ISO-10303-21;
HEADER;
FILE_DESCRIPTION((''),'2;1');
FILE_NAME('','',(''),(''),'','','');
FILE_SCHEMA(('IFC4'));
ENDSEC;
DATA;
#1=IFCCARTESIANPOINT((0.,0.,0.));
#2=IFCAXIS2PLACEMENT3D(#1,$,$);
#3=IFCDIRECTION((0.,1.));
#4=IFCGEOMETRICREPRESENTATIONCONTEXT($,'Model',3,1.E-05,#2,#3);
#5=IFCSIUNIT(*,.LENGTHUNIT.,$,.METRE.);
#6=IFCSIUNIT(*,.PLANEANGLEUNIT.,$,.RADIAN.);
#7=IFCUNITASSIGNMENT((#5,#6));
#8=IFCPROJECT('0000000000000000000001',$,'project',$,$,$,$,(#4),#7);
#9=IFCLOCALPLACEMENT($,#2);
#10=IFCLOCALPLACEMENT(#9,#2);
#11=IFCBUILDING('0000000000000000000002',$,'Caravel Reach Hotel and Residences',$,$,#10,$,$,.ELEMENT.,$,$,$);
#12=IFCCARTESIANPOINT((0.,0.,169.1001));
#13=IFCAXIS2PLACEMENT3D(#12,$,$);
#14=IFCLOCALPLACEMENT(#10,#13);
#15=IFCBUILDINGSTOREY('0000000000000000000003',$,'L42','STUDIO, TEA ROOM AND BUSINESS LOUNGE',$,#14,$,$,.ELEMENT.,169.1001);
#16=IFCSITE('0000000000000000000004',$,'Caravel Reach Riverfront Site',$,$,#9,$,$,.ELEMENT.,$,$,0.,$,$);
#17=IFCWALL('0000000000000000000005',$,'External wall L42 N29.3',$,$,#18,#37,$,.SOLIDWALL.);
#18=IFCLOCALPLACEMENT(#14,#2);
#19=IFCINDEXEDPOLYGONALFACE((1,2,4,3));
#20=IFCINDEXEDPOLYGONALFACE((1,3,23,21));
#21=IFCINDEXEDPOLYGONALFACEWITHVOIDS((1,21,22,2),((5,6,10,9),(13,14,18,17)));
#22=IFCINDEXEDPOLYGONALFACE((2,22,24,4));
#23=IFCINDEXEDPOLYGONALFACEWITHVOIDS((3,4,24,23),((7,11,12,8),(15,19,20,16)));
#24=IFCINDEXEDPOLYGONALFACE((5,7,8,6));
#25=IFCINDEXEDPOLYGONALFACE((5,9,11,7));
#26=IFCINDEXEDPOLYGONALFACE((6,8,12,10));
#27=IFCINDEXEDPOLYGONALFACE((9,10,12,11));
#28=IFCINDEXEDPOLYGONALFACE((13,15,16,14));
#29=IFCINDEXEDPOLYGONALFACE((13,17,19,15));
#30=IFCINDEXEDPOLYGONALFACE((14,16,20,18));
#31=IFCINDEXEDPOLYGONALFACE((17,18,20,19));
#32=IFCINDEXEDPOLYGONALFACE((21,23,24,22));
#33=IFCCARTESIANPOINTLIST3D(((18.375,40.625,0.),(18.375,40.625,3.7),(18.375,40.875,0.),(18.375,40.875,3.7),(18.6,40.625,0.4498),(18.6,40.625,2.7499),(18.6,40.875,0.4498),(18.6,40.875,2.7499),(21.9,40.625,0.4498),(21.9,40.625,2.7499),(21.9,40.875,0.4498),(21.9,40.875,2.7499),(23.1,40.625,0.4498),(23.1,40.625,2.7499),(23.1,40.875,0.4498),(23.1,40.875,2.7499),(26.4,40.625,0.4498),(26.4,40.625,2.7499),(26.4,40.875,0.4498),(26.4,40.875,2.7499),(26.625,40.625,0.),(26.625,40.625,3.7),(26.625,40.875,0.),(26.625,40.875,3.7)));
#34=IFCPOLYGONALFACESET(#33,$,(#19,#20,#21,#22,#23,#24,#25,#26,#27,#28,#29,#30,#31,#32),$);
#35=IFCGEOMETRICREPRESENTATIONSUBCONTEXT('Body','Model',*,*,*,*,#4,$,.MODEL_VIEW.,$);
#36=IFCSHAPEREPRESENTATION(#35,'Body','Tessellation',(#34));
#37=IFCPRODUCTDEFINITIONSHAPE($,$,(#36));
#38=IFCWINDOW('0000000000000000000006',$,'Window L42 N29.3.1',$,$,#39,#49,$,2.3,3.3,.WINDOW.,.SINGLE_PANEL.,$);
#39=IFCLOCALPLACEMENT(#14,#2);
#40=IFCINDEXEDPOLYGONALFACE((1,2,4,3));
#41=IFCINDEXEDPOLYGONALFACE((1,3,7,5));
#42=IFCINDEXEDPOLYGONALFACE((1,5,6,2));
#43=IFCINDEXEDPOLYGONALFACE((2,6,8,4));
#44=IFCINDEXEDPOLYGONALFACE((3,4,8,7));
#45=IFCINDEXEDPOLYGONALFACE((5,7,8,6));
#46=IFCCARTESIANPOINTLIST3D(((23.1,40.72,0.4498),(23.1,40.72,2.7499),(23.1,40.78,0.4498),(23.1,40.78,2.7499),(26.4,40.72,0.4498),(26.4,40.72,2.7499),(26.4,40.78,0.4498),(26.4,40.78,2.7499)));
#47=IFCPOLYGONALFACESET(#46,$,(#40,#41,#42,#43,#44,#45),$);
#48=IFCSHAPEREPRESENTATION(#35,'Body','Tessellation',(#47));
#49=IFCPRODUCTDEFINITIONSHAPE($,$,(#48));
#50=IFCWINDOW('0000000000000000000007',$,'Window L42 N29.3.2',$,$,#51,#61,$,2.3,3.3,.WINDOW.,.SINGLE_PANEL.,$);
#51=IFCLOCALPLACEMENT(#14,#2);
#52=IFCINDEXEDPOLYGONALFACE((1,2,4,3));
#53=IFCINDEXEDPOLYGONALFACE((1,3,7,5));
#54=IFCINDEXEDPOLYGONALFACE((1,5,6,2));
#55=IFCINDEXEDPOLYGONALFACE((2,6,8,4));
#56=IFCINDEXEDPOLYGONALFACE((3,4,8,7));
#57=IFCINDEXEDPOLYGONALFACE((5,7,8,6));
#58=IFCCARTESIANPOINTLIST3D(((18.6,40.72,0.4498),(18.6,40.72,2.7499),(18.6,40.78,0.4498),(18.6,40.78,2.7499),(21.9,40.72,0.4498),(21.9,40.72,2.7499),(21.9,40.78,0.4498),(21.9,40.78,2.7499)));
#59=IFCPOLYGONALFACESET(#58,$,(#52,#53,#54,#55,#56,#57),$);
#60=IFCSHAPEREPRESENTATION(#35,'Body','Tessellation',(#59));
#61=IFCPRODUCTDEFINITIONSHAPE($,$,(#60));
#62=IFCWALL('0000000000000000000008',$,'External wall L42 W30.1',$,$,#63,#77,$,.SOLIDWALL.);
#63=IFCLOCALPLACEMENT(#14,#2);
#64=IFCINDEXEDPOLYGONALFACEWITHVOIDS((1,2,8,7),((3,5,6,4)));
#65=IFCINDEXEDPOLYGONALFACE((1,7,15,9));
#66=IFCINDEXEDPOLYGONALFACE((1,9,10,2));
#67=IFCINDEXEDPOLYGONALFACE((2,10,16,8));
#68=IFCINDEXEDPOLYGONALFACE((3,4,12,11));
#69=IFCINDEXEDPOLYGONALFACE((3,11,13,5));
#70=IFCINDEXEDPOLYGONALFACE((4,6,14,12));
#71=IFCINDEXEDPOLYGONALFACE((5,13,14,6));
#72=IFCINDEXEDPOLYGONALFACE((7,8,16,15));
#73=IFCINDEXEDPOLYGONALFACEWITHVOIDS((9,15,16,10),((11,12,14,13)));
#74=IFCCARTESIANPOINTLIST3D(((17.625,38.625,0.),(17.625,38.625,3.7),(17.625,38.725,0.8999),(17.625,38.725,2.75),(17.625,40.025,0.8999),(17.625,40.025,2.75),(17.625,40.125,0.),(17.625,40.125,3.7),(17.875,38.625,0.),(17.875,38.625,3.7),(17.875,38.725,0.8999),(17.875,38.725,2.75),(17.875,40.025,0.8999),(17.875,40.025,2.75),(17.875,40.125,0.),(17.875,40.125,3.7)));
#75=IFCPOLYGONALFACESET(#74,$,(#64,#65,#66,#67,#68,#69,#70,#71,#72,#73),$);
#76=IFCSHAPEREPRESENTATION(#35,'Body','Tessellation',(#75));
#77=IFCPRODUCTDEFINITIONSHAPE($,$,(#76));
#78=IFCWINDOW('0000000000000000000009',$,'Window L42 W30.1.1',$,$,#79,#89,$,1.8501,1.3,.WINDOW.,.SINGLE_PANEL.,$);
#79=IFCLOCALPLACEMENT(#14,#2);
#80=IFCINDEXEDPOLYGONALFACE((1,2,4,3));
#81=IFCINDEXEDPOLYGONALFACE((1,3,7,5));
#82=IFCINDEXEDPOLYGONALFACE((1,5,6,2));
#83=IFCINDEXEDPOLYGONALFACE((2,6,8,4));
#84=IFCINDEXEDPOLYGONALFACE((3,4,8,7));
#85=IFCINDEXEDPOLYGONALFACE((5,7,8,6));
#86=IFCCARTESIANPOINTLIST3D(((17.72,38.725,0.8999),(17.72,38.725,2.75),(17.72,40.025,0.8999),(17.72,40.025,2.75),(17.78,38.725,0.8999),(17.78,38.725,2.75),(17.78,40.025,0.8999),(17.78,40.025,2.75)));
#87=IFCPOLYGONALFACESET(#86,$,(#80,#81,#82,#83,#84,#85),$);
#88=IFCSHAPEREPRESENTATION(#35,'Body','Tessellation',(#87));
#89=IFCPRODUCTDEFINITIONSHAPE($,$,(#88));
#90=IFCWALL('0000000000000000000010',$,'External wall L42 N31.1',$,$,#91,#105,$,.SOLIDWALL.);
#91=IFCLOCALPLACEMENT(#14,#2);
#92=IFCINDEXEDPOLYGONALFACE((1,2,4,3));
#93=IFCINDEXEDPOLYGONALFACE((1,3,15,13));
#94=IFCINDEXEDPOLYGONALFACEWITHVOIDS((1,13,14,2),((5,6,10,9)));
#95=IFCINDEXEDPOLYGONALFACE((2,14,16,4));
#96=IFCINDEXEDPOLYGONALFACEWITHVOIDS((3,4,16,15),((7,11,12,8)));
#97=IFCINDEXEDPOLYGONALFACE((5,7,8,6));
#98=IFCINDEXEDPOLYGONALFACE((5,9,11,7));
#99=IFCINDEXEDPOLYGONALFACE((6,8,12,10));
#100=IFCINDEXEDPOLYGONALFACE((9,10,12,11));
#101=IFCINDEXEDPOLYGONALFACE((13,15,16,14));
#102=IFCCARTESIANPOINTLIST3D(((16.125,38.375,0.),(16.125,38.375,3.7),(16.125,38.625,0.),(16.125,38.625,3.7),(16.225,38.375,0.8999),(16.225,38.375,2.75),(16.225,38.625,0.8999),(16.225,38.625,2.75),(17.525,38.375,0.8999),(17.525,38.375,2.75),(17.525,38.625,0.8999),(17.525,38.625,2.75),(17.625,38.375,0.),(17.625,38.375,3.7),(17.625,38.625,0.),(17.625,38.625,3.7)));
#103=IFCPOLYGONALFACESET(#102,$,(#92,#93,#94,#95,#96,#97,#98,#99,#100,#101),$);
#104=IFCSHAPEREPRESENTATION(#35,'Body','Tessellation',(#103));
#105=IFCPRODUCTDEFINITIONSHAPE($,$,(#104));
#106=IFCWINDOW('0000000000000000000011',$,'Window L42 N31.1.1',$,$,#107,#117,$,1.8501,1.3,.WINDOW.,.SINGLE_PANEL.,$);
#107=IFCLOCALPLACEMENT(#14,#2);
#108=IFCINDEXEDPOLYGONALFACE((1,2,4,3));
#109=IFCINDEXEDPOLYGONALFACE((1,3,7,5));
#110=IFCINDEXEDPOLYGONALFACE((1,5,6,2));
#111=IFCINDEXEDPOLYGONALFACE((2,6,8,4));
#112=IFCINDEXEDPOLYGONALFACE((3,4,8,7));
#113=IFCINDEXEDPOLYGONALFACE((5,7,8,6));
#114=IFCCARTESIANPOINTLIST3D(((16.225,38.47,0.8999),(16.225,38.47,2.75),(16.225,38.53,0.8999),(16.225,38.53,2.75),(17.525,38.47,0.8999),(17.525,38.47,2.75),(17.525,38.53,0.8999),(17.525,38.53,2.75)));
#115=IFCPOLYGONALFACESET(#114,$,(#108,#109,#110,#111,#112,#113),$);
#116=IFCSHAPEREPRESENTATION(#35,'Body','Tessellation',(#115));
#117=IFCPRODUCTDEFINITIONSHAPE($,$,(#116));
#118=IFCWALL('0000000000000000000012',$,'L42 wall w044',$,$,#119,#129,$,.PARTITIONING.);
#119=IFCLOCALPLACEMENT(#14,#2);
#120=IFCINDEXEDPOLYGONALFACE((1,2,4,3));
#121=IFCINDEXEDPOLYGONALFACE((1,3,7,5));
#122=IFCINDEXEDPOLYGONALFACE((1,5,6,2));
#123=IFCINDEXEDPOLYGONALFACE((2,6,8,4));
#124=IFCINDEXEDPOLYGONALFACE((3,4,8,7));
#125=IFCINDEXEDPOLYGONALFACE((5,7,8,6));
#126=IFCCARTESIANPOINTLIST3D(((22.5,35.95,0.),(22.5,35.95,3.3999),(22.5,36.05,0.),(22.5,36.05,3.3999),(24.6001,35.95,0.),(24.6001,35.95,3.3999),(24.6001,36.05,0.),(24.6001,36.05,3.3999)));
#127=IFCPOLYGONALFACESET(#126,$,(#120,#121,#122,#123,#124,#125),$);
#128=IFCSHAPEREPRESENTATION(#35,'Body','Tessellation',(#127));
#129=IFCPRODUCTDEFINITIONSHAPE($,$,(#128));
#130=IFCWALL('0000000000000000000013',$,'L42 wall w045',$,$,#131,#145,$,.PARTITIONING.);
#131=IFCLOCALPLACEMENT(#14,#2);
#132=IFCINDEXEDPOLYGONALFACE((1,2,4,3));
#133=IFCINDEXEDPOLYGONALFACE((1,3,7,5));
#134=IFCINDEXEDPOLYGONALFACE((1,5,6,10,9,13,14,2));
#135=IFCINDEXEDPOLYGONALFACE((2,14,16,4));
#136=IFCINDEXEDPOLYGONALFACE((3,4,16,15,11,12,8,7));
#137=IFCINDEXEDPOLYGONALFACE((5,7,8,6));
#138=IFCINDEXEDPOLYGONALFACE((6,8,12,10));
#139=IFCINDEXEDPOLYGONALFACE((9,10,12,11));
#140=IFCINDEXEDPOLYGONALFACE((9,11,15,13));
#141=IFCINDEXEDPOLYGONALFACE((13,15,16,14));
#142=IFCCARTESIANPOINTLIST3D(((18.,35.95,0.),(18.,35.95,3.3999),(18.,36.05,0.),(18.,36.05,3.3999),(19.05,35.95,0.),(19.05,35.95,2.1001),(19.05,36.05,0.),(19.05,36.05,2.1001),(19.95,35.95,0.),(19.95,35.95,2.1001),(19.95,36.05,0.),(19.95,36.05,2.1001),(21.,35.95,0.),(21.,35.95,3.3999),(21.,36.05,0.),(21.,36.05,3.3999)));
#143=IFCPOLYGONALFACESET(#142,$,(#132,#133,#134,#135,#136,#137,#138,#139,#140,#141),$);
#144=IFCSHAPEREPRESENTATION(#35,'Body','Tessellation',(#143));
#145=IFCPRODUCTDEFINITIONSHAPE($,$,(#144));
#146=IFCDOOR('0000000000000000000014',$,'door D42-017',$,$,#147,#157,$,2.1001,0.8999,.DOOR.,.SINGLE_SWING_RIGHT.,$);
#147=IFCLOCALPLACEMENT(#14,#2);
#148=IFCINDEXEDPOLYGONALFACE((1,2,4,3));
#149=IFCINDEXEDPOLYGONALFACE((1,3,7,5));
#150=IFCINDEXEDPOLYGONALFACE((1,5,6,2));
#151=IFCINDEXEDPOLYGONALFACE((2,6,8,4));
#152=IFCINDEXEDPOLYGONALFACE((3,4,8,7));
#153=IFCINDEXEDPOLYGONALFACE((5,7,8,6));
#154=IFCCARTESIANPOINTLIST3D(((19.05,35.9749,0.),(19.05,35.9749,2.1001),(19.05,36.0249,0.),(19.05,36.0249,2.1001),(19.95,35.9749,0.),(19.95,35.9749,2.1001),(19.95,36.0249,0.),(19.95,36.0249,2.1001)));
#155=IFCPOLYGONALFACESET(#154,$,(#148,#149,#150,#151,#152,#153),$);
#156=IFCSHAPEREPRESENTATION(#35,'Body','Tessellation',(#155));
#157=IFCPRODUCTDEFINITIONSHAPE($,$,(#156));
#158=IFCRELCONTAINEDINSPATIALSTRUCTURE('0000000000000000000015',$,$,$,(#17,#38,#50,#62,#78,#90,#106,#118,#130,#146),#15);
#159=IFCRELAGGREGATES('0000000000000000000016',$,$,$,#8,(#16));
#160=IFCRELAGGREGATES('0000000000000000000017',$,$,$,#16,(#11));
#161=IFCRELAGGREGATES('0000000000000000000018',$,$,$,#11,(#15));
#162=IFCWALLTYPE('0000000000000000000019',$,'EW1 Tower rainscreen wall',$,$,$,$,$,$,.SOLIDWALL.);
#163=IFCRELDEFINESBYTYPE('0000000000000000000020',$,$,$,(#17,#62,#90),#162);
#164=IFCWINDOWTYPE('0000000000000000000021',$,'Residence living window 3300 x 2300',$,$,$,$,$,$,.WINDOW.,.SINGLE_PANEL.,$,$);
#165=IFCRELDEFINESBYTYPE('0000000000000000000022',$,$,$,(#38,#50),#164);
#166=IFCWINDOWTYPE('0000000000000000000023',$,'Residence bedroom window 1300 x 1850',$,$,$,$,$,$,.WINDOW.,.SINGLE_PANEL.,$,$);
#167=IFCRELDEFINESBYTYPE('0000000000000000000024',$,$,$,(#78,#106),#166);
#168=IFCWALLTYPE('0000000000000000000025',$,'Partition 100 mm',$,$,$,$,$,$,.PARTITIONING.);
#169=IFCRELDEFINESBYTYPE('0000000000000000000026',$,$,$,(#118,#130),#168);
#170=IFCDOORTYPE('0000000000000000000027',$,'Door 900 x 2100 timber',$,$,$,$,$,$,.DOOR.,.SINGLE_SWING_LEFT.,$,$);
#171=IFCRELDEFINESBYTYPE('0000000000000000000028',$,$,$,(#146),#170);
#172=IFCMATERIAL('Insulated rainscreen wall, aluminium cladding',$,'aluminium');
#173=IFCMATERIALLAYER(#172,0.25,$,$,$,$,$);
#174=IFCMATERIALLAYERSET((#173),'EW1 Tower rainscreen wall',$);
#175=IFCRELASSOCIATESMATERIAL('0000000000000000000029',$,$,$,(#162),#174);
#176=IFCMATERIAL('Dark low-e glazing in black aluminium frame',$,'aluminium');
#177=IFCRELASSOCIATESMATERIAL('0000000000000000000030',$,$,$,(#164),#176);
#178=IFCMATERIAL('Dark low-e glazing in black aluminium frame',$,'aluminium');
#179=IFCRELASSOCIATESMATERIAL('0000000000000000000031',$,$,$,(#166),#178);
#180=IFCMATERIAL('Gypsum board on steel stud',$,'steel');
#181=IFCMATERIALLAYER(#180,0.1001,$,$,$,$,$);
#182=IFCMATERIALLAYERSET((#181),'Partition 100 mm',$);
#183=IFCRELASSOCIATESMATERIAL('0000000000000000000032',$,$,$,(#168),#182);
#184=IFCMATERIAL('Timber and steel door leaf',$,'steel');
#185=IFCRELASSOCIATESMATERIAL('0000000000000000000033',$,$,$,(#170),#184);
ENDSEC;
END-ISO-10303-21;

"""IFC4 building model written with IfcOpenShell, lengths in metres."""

from ifc_helpers import new_model, si_unit, direction, frame, frame_2d, origin, place, context, subcontext, project, spatial, rectangle, extrude, material, layer, layer_set, type_object, element, fill, save


model = new_model("IFC4")

# Units and contexts
model_context = context("Model", 3, precision=1e-05, world=origin(), true_north=direction((0.0, 1.0)))
body_context = subcontext(model_context, "Body", "Model", "MODEL_VIEW")
ifc_project = project(units=[si_unit("LENGTHUNIT", "METRE"), si_unit("PLANEANGLEUNIT", "RADIAN")], contexts=[model_context])

# Site, building, storey
site_placement = place(None, origin())
site = spatial("IfcSite", under=ifc_project, at=site_placement, Name="Caravel Reach Riverfront Site", CompositionType="ELEMENT", RefElevation=0.0)
building_placement = place(site_placement, origin())
building = spatial("IfcBuilding", under=site, at=building_placement, Name="Caravel Reach Hotel and Residences", CompositionType="ELEMENT")
storey_placement = place(building_placement, frame((0.0, 0.0, 169.1001)))
storey = spatial("IfcBuildingStorey", under=building, at=storey_placement, Name="L42", Description="STUDIO, TEA ROOM AND BUSINESS LOUNGE", CompositionType="ELEMENT", Elevation=169.1001)

# Wall, openings, windows
ifc_material_1 = material(Name="Insulated rainscreen wall, aluminium cladding", Category="aluminium")
ifc_layer_1 = layer(ifc_material_1, 0.25)
ifc_layer_set_1 = layer_set([ifc_layer_1], Name="EW1 Tower rainscreen wall")
wall_type_1 = type_object("IfcWallType", Name="EW1 Tower rainscreen wall", PredefinedType="SOLIDWALL", material=ifc_layer_set_1)
wall_1_placement = place(storey_placement, frame((26.625, 40.75, 0.0), z_axis=(0.0, 0.0, 1.0), x_axis=(-1.0, 0.0, 0.0)))
wall_1 = element("IfcWall", 1, at=wall_1_placement, inside=storey, type_object=wall_type_1, Name="External wall L42 N29.3", PredefinedType="SOLIDWALL", context=body_context, shape_type="SweptSolid", body=[
    extrude(rectangle(XDim=8.25, YDim=0.25, at=frame_2d((4.125, 0.0))), origin(), (0.0, 0.0, 1.0), 3.7),
])
opening_1_placement = place(wall_1_placement, frame((0.2251, 0.0, 0.45)))
opening_1 = element("IfcOpeningElement", 2, at=opening_1_placement, cuts=wall_1, PredefinedType="OPENING", context=body_context, shape_type="SweptSolid", body=[
    extrude(rectangle(XDim=3.3, YDim=2.3, at=frame_2d((1.6499, 1.1499))), frame((0.0, 0.135, 0.0), z_axis=(0.0, -1.0, 0.0), x_axis=(1.0, 0.0, 0.0)), (0.0, 0.0, 1.0), 0.27),
])
opening_2_placement = place(wall_1_placement, frame((4.7251, 0.0, 0.45)))
opening_2 = element("IfcOpeningElement", 3, at=opening_2_placement, cuts=wall_1, PredefinedType="OPENING", context=body_context, shape_type="SweptSolid", body=[
    extrude(rectangle(XDim=3.3, YDim=2.3, at=frame_2d((1.6499, 1.1499))), frame((0.0, 0.135, 0.0), z_axis=(0.0, -1.0, 0.0), x_axis=(1.0, 0.0, 0.0)), (0.0, 0.0, 1.0), 0.27),
])
ifc_material_2 = material(Name="Dark low-e glazing in black aluminium frame", Category="aluminium")
window_type_1 = type_object("IfcWindowType", Name="Residence living window 3300 x 2300", PartitioningType="SINGLE_PANEL", PredefinedType="WINDOW", material=ifc_material_2)
window_1_placement = place(opening_1_placement, origin())
window_1 = element("IfcWindow", 4, at=window_1_placement, inside=storey, type_object=window_type_1, Name="Window L42 N29.3.1", OverallHeight=2.3, OverallWidth=3.3, PartitioningType="SINGLE_PANEL", PredefinedType="WINDOW", context=body_context, shape_type="SweptSolid", body=[
    extrude(rectangle(XDim=3.3, YDim=2.3, at=frame_2d((1.6499, 1.1499))), frame((0.0, 0.03, 0.0), z_axis=(0.0, -1.0, 0.0), x_axis=(1.0, 0.0, 0.0)), (0.0, 0.0, 1.0), 0.0601),
])
fill(opening_1, window_1)
window_2_placement = place(opening_2_placement, origin())
window_2 = element("IfcWindow", 5, at=window_2_placement, inside=storey, type_object=window_type_1, Name="Window L42 N29.3.2", OverallHeight=2.3, OverallWidth=3.3, PartitioningType="SINGLE_PANEL", PredefinedType="WINDOW", context=body_context, shape_type="SweptSolid", body=[
    extrude(rectangle(XDim=3.3, YDim=2.3, at=frame_2d((1.6499, 1.1499))), frame((0.0, 0.03, 0.0), z_axis=(0.0, -1.0, 0.0), x_axis=(1.0, 0.0, 0.0)), (0.0, 0.0, 1.0), 0.0601),
])
fill(opening_2, window_2)

# Walls, openings, windows
wall_2_placement = place(storey_placement, frame((17.75, 40.125, 0.0), z_axis=(0.0, 0.0, 1.0), x_axis=(0.0, -1.0, 0.0)))
wall_2 = element("IfcWall", 6, at=wall_2_placement, inside=storey, type_object=wall_type_1, Name="External wall L42 W30.1", PredefinedType="SOLIDWALL", context=body_context, shape_type="SweptSolid", body=[
    extrude(rectangle(XDim=1.5, YDim=0.25, at=frame_2d((0.75, 0.0))), origin(), (0.0, 0.0, 1.0), 3.7),
])
opening_3_placement = place(wall_2_placement, frame((0.1001, 0.0, 0.8999)))
opening_3 = element("IfcOpeningElement", 7, at=opening_3_placement, cuts=wall_2, PredefinedType="OPENING", context=body_context, shape_type="SweptSolid", body=[
    extrude(rectangle(XDim=1.3, YDim=1.8501, at=frame_2d((0.6499, 0.925))), frame((0.0, 0.135, 0.0), z_axis=(0.0, -1.0, 0.0), x_axis=(1.0, 0.0, 0.0)), (0.0, 0.0, 1.0), 0.27),
])
ifc_material_3 = material(Name="Dark low-e glazing in black aluminium frame", Category="aluminium")
window_type_2 = type_object("IfcWindowType", Name="Residence bedroom window 1300 x 1850", PartitioningType="SINGLE_PANEL", PredefinedType="WINDOW", material=ifc_material_3)
window_3_placement = place(opening_3_placement, origin())
window_3 = element("IfcWindow", 8, at=window_3_placement, inside=storey, type_object=window_type_2, Name="Window L42 W30.1.1", OverallHeight=1.8501, OverallWidth=1.3, PartitioningType="SINGLE_PANEL", PredefinedType="WINDOW", context=body_context, shape_type="SweptSolid", body=[
    extrude(rectangle(XDim=1.3, YDim=1.8501, at=frame_2d((0.6499, 0.925))), frame((0.0, 0.03, 0.0), z_axis=(0.0, -1.0, 0.0), x_axis=(1.0, 0.0, 0.0)), (0.0, 0.0, 1.0), 0.0601),
])
fill(opening_3, window_3)
wall_3_placement = place(storey_placement, frame((17.625, 38.5, 0.0), z_axis=(0.0, 0.0, 1.0), x_axis=(-1.0, 0.0, 0.0)))
wall_3 = element("IfcWall", 9, at=wall_3_placement, inside=storey, type_object=wall_type_1, Name="External wall L42 N31.1", PredefinedType="SOLIDWALL", context=body_context, shape_type="SweptSolid", body=[
    extrude(rectangle(XDim=1.5, YDim=0.25, at=frame_2d((0.75, 0.0))), origin(), (0.0, 0.0, 1.0), 3.7),
])
opening_4_placement = place(wall_3_placement, frame((0.1001, 0.0, 0.8999)))
opening_4 = element("IfcOpeningElement", 10, at=opening_4_placement, cuts=wall_3, PredefinedType="OPENING", context=body_context, shape_type="SweptSolid", body=[
    extrude(rectangle(XDim=1.3, YDim=1.8501, at=frame_2d((0.6499, 0.925))), frame((0.0, 0.135, 0.0), z_axis=(0.0, -1.0, 0.0), x_axis=(1.0, 0.0, 0.0)), (0.0, 0.0, 1.0), 0.27),
])
window_4_placement = place(opening_4_placement, origin())
window_4 = element("IfcWindow", 11, at=window_4_placement, inside=storey, type_object=window_type_2, Name="Window L42 N31.1.1", OverallHeight=1.8501, OverallWidth=1.3, PartitioningType="SINGLE_PANEL", PredefinedType="WINDOW", context=body_context, shape_type="SweptSolid", body=[
    extrude(rectangle(XDim=1.3, YDim=1.8501, at=frame_2d((0.6499, 0.925))), frame((0.0, 0.03, 0.0), z_axis=(0.0, -1.0, 0.0), x_axis=(1.0, 0.0, 0.0)), (0.0, 0.0, 1.0), 0.0601),
])
fill(opening_4, window_4)

# Wall
ifc_material_4 = material(Name="Gypsum board on steel stud", Category="steel")
ifc_layer_2 = layer(ifc_material_4, 0.1001)
ifc_layer_set_2 = layer_set([ifc_layer_2], Name="Partition 100 mm")
wall_type_2 = type_object("IfcWallType", Name="Partition 100 mm", PredefinedType="PARTITIONING", material=ifc_layer_set_2)
wall_4_placement = place(storey_placement, frame((22.5, 36.0, 0.0), z_axis=(0.0, 0.0, 1.0), x_axis=(1.0, 0.0, 0.0)))
element("IfcWall", 12, at=wall_4_placement, inside=storey, type_object=wall_type_2, Name="L42 wall w044", PredefinedType="PARTITIONING", context=body_context, shape_type="SweptSolid", body=[
    extrude(rectangle(XDim=2.1001, YDim=0.1001, at=frame_2d((1.05, 0.0))), origin(), (0.0, 0.0, 1.0), 3.3999),
])

# Wall, opening, door
wall_5_placement = place(storey_placement, frame((18.0, 36.0, 0.0), z_axis=(0.0, 0.0, 1.0), x_axis=(1.0, 0.0, 0.0)))
wall_5 = element("IfcWall", 13, at=wall_5_placement, inside=storey, type_object=wall_type_2, Name="L42 wall w045", PredefinedType="PARTITIONING", context=body_context, shape_type="SweptSolid", body=[
    extrude(rectangle(XDim=3.0, YDim=0.1001, at=frame_2d((1.5, 0.0))), origin(), (0.0, 0.0, 1.0), 3.3999),
])
opening_5_placement = place(wall_5_placement, frame((1.05, 0.0, 0.0)))
opening_5 = element("IfcOpeningElement", 14, at=opening_5_placement, cuts=wall_5, PredefinedType="OPENING", context=body_context, shape_type="SweptSolid", body=[
    extrude(rectangle(XDim=0.8999, YDim=2.1001, at=frame_2d((0.45, 1.05))), frame((0.0, 0.0601, 0.0), z_axis=(0.0, -1.0, 0.0), x_axis=(1.0, 0.0, 0.0)), (0.0, 0.0, 1.0), 0.1201),
])
ifc_material_5 = material(Name="Timber and steel door leaf", Category="steel")
door_type_1 = type_object("IfcDoorType", Name="Door 900 x 2100 timber", OperationType="SINGLE_SWING_LEFT", PredefinedType="DOOR", material=ifc_material_5)
door_1_placement = place(opening_5_placement, origin())
door_1 = element("IfcDoor", 15, at=door_1_placement, inside=storey, type_object=door_type_1, Name="door D42-017", OperationType="SINGLE_SWING_RIGHT", OverallHeight=2.1001, OverallWidth=0.8999, PredefinedType="DOOR", context=body_context, shape_type="SweptSolid", body=[
    extrude(rectangle(XDim=0.8999, YDim=2.1001, at=frame_2d((0.45, 1.05))), frame((0.0, 0.0249, 0.0), z_axis=(0.0, -1.0, 0.0), x_axis=(1.0, 0.0, 0.0)), (0.0, 0.0, 1.0), 0.05),
])
fill(opening_5, door_1)

save(model, "model.ifc")
